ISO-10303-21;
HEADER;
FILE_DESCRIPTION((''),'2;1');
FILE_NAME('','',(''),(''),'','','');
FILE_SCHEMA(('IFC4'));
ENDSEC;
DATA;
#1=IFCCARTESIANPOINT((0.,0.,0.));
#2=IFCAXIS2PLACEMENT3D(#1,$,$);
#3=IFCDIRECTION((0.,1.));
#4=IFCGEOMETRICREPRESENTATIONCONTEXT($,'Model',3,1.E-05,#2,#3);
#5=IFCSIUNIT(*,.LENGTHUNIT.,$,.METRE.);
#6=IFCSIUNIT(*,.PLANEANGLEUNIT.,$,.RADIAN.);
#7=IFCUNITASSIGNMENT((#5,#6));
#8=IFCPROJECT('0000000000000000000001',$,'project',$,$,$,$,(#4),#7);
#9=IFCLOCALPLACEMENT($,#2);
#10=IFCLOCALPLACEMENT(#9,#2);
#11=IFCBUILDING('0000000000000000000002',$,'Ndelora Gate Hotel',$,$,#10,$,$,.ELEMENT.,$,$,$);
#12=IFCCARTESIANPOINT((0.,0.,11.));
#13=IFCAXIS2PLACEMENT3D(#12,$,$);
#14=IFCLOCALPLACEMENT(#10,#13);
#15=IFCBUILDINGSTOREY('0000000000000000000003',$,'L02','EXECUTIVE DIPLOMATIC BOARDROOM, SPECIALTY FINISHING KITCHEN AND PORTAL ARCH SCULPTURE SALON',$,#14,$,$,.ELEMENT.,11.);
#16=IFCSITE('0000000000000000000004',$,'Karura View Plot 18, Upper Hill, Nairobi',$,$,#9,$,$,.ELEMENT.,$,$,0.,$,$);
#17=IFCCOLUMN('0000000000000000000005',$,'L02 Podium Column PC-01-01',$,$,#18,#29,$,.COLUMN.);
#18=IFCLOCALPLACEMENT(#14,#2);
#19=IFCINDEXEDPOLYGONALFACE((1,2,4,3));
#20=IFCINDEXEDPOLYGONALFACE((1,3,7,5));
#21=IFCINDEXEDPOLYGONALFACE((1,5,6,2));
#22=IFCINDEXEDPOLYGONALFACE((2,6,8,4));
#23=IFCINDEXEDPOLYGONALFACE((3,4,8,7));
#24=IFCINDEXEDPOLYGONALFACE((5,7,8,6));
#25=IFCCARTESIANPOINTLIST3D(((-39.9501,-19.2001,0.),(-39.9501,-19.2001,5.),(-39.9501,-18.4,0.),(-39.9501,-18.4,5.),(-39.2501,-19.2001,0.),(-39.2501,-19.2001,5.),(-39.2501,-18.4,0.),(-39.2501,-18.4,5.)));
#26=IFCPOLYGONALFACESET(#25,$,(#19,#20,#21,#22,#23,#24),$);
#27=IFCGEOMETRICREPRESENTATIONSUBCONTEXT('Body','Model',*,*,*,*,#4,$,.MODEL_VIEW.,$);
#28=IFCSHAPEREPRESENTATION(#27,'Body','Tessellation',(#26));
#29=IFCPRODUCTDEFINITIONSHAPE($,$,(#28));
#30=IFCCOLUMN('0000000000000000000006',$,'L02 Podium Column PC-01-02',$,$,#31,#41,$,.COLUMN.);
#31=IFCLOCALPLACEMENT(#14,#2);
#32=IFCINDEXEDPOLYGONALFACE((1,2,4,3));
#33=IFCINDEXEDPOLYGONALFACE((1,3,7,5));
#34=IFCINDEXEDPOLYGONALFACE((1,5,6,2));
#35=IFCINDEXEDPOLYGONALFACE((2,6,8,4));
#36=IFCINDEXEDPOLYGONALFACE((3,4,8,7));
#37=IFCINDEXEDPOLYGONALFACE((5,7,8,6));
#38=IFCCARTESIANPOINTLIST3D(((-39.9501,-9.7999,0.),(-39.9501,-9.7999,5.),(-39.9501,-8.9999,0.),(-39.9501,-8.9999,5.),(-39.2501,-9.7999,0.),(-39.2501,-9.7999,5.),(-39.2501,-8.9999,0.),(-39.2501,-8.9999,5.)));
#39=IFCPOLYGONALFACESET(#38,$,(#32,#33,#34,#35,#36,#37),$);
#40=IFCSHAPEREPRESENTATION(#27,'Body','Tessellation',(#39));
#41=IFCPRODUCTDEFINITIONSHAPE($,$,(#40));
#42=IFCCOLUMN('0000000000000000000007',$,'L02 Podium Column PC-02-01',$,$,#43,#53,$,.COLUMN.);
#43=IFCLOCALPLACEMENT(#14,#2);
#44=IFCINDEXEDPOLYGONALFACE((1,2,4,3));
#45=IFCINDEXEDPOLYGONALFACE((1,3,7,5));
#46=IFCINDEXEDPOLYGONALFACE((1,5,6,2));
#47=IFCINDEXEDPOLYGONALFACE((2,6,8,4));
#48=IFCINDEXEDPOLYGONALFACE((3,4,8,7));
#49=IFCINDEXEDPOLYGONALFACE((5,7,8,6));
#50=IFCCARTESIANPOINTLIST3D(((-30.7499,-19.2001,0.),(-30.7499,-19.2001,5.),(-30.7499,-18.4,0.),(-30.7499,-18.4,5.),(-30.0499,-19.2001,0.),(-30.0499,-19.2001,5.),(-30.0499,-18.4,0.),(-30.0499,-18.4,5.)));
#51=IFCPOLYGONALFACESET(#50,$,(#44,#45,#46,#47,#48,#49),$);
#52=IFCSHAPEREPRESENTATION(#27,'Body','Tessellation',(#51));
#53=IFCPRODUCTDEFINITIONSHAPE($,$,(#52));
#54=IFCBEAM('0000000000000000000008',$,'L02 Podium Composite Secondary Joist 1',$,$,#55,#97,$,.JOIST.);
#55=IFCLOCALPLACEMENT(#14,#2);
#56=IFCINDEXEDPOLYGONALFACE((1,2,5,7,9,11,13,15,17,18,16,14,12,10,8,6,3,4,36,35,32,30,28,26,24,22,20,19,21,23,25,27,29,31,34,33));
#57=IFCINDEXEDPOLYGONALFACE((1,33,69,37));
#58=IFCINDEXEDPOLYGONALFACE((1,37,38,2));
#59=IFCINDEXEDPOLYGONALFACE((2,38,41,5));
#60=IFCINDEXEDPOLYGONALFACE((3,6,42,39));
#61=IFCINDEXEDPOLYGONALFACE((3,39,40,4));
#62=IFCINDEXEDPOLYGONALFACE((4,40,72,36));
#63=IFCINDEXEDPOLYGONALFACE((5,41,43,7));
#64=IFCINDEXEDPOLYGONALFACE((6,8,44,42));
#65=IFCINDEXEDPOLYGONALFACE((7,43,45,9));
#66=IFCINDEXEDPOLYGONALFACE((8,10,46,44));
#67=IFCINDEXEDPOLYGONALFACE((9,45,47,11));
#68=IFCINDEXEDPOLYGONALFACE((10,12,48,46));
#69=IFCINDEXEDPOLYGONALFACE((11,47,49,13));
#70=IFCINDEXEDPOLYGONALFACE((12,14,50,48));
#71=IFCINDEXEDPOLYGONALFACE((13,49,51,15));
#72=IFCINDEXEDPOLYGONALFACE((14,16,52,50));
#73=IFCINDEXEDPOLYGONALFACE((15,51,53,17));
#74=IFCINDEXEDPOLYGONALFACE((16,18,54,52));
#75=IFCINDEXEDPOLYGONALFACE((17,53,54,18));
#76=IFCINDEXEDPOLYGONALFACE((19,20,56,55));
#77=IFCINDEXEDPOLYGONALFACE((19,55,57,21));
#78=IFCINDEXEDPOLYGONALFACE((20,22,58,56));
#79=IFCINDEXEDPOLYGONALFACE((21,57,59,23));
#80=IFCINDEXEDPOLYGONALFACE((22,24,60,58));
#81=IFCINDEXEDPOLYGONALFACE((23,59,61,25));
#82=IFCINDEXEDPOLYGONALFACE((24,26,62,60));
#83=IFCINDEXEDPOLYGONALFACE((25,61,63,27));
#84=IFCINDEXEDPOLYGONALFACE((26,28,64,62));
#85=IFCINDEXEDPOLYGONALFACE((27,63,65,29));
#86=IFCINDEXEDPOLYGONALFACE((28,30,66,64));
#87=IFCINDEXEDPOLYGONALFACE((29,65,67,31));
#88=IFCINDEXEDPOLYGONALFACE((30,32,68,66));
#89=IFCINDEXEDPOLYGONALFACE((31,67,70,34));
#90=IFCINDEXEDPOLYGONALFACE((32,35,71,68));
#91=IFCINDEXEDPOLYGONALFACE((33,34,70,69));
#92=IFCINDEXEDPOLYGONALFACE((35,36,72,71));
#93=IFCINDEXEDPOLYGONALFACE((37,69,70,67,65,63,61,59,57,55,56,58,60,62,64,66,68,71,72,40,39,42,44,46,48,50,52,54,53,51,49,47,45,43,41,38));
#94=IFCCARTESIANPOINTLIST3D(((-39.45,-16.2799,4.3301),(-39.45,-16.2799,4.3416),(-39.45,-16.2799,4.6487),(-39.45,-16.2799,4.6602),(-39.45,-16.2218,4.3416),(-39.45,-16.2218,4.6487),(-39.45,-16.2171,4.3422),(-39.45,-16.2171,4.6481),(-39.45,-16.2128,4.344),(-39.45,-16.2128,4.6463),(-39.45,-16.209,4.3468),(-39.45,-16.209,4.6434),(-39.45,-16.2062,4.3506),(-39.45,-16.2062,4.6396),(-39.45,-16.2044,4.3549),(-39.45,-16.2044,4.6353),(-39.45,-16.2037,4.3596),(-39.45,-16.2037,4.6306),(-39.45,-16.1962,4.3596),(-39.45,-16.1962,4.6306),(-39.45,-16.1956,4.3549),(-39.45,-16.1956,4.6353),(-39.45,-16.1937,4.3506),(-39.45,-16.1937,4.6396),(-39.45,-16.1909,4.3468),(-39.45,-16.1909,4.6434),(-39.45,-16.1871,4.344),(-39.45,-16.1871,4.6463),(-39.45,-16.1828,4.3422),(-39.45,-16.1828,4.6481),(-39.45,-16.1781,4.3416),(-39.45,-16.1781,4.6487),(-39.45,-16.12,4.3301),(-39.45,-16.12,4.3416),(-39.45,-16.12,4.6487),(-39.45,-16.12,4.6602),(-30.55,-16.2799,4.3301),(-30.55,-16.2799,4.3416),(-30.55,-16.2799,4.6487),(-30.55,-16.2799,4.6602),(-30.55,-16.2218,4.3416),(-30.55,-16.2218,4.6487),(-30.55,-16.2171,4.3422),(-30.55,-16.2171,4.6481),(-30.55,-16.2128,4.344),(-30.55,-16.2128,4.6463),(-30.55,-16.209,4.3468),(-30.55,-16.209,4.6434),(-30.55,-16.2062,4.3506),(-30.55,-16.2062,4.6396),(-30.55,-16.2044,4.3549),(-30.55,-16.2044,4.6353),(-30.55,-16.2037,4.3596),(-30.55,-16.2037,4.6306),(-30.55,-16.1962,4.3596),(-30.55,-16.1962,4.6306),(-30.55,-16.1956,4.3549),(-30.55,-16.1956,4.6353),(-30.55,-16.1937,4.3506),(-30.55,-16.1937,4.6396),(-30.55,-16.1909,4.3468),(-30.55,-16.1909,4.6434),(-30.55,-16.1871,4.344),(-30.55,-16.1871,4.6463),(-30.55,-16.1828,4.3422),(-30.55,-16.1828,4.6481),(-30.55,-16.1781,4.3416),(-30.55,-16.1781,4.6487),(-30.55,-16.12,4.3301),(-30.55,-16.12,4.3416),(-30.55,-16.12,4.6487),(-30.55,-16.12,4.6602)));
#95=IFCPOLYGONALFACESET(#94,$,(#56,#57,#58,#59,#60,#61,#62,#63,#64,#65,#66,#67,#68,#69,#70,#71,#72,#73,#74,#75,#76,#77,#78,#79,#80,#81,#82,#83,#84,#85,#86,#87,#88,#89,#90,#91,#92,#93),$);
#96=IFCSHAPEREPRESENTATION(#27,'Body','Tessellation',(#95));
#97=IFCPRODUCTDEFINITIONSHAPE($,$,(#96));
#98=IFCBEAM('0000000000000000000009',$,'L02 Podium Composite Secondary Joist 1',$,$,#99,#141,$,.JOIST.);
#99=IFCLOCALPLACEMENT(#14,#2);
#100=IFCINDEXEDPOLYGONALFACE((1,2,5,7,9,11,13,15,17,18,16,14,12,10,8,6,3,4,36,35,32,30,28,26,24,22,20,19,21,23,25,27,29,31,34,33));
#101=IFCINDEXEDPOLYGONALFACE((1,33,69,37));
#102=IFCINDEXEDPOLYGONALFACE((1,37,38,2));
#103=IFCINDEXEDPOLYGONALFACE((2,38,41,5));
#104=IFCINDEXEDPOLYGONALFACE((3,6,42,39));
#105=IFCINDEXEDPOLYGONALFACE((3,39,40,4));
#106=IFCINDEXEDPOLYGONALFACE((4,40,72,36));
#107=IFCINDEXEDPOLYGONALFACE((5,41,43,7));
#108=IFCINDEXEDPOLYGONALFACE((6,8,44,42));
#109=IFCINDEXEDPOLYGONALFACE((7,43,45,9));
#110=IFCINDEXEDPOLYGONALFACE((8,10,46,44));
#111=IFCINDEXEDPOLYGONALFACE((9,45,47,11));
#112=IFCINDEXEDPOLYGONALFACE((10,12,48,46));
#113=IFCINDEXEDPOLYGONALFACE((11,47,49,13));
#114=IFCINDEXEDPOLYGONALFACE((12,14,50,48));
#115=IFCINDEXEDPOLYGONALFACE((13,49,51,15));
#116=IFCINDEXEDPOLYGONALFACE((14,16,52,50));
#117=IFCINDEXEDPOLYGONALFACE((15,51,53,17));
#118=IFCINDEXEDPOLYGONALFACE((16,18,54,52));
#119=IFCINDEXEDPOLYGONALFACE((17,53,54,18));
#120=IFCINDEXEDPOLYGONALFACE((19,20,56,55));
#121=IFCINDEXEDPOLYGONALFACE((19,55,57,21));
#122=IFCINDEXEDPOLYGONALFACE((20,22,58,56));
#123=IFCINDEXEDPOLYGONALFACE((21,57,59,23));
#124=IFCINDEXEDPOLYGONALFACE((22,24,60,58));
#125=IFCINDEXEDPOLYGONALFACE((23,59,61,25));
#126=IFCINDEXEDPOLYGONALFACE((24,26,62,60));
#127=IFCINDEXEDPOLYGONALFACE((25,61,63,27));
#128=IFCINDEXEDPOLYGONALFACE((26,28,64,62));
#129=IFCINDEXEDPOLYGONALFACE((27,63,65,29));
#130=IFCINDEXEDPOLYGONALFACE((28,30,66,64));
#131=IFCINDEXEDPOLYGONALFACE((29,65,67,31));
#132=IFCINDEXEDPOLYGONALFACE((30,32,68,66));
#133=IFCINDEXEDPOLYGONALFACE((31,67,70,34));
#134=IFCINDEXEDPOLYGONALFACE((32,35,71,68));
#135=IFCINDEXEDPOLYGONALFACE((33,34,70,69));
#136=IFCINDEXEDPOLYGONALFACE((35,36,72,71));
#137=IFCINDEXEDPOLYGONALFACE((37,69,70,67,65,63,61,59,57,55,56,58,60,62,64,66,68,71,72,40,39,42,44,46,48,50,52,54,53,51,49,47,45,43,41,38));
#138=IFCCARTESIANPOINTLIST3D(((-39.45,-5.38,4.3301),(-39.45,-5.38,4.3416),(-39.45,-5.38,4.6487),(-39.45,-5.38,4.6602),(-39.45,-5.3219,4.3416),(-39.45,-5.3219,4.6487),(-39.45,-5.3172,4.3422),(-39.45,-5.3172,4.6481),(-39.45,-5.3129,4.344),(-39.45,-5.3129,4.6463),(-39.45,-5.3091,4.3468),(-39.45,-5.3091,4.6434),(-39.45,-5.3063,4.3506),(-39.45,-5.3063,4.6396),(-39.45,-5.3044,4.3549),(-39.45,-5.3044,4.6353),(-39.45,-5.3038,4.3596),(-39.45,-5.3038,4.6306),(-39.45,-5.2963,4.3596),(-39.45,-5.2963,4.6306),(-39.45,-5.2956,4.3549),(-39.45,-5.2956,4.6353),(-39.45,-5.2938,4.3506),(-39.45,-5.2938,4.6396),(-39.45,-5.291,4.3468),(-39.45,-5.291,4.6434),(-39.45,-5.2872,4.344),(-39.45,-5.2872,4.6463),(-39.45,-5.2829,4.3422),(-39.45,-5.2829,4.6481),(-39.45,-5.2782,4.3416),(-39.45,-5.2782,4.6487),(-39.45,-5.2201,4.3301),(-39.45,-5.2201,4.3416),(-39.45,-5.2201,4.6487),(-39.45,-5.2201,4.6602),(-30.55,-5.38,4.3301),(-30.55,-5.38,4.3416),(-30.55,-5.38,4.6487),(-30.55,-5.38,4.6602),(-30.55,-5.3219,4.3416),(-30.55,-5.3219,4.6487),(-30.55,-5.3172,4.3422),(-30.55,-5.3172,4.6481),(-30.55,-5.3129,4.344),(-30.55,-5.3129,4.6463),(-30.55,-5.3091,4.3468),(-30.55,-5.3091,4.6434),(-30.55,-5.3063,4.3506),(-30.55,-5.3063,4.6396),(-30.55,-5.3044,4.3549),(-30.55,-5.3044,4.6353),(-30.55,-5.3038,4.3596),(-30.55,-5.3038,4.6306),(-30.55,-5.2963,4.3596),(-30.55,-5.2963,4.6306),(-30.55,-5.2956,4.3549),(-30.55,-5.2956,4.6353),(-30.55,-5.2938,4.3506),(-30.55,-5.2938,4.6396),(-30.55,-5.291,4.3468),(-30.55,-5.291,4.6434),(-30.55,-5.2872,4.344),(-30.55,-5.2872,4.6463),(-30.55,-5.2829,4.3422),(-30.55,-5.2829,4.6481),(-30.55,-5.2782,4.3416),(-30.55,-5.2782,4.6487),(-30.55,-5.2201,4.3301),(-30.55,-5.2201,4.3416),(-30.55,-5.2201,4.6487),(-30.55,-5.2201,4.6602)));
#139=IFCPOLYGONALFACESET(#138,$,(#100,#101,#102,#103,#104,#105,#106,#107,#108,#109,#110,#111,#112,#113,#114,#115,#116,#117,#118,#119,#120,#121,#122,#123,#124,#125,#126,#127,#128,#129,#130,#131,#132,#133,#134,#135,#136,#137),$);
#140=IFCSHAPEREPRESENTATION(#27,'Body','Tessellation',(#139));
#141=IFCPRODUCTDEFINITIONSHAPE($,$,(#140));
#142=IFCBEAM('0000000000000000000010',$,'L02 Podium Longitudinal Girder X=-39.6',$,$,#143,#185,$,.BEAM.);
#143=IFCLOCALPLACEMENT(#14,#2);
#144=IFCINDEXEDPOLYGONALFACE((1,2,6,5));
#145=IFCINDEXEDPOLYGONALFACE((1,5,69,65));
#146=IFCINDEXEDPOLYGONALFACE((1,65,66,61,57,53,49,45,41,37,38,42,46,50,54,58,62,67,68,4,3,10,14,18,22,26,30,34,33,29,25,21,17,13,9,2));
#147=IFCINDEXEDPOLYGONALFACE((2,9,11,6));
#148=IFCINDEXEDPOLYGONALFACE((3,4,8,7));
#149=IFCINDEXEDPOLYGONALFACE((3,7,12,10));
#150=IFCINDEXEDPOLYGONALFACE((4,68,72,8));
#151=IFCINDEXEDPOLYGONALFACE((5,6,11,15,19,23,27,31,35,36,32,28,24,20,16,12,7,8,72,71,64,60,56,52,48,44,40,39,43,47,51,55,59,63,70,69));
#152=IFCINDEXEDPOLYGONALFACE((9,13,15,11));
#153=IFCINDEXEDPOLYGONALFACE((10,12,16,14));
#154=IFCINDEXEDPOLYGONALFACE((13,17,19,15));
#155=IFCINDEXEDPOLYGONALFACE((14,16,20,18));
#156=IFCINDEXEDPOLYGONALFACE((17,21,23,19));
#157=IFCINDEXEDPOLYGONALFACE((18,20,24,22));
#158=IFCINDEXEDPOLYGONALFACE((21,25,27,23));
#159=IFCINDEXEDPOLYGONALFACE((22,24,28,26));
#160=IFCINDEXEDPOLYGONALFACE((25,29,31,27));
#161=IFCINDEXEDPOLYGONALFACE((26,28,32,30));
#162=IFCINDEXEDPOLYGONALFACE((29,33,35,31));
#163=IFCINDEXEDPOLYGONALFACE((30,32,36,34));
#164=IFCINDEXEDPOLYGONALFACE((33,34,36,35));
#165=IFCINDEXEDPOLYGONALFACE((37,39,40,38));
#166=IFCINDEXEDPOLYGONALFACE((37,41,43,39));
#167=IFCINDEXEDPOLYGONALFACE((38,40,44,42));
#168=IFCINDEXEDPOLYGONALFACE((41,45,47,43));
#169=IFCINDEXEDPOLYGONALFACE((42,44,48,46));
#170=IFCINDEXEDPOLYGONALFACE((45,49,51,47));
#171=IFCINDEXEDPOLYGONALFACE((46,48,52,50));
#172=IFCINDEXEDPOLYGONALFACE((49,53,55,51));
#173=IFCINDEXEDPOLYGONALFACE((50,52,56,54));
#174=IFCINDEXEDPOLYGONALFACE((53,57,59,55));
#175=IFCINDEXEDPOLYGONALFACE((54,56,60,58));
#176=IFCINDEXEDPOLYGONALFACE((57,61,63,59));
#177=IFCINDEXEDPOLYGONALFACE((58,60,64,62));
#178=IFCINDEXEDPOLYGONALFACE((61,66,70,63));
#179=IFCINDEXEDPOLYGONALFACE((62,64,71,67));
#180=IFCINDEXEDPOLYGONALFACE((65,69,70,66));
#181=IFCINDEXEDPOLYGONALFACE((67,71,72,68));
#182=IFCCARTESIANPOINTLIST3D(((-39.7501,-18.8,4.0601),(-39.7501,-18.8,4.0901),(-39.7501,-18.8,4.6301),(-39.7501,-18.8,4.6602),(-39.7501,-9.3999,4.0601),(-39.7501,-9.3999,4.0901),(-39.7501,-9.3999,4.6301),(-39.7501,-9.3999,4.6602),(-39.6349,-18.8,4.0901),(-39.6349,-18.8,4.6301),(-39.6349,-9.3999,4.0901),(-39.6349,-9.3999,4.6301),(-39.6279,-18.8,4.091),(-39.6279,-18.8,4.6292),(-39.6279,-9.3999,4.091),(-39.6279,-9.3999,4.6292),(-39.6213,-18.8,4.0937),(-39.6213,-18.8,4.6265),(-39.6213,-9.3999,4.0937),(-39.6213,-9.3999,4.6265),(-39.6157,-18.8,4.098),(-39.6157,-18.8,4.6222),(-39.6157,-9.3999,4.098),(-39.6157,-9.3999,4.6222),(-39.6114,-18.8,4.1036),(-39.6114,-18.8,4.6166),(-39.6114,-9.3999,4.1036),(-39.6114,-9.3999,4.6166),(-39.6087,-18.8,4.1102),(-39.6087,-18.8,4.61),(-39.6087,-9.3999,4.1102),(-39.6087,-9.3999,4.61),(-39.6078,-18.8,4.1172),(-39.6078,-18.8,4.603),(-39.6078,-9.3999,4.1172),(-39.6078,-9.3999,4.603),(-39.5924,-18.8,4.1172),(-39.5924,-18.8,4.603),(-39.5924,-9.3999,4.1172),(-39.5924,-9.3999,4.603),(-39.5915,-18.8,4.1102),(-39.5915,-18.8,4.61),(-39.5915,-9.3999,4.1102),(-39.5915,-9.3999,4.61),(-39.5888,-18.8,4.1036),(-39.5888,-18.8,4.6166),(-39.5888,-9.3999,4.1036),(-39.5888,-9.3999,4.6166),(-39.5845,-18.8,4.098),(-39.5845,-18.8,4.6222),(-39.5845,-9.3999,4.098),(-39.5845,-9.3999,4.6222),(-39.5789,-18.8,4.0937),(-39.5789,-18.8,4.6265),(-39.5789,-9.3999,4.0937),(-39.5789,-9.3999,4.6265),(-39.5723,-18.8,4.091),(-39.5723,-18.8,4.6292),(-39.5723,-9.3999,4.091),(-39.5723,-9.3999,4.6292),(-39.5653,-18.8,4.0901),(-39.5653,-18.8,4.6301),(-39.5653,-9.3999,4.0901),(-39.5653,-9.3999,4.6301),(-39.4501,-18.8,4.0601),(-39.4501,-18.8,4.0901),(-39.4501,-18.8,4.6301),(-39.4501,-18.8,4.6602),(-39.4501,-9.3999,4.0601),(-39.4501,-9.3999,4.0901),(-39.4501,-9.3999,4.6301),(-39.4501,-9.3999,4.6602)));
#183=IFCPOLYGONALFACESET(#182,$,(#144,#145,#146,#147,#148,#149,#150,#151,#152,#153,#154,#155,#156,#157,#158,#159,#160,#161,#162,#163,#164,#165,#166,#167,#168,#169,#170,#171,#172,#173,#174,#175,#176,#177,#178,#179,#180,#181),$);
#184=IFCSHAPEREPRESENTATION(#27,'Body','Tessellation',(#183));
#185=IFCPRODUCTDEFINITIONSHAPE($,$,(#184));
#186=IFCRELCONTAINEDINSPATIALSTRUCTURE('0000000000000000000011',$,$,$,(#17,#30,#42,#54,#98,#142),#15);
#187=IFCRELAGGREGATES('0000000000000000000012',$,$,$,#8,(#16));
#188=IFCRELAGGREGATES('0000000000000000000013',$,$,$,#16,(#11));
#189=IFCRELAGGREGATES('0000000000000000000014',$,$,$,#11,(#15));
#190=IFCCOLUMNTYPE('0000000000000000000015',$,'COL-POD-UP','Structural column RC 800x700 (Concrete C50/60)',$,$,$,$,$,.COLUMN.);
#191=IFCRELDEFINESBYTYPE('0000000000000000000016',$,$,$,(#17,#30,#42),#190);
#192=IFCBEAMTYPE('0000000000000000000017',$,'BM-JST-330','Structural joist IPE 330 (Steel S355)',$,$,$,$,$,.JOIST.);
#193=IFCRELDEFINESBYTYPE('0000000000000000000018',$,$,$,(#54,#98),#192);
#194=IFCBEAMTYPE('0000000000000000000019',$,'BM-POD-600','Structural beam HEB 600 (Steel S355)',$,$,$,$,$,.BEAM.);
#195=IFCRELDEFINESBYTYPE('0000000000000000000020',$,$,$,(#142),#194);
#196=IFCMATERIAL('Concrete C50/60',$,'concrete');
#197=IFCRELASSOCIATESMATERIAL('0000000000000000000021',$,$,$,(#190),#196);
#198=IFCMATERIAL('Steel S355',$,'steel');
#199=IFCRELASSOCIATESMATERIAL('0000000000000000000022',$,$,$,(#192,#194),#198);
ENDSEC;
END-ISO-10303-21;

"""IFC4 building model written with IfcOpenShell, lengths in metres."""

from ifc_helpers import new_model, si_unit, direction, frame, origin, origin_2d, place, context, subcontext, project, spatial, rectangle, i_section, extrude, material, material_profile, profile_set, type_object, element, save


model = new_model("IFC4")

# Units and contexts
model_context = context("Model", 3, precision=1e-05, world=origin(), true_north=direction((0.0, 1.0)))
body_context = subcontext(model_context, "Body", "Model", "MODEL_VIEW")
ifc_project = project(units=[si_unit("LENGTHUNIT", "METRE"), si_unit("PLANEANGLEUNIT", "RADIAN")], contexts=[model_context])

# Site, building, storey
site_placement = place(None, origin())
site = spatial("IfcSite", under=ifc_project, at=site_placement, Name="Karura View Plot 18, Upper Hill, Nairobi", CompositionType="ELEMENT", RefElevation=0.0)
building_placement = place(site_placement, origin())
building = spatial("IfcBuilding", under=site, at=building_placement, Name="Ndelora Gate Hotel", CompositionType="ELEMENT")
storey_placement = place(building_placement, frame((0.0, 0.0, 11.0)))
storey = spatial("IfcBuildingStorey", under=building, at=storey_placement, Name="L02", Description="EXECUTIVE DIPLOMATIC BOARDROOM, SPECIALTY FINISHING KITCHEN AND PORTAL ARCH SCULPTURE SALON", CompositionType="ELEMENT", Elevation=11.0)

# Columns
ifc_material_1 = material(Name="Concrete C50/60", Category="concrete")
ifc_material_profile_1 = material_profile(ifc_material_1, rectangle(XDim=0.7, YDim=0.8, at=origin_2d()), Name="RC 800x700")
ifc_profile_set_1 = profile_set([ifc_material_profile_1], Name="Concrete C50/60")
column_type = type_object("IfcColumnType", Name="COL-POD-UP", Description="Structural column RC 800x700 (Concrete C50/60)", PredefinedType="COLUMN", material=ifc_profile_set_1)
for number, where, z_axis, x_axis, name in (
    (1, (-39.6001, -18.8, 0.0), (0.0, 0.0, 1.0), (1.0, 0.0, 0.0), "L02 Podium Column PC-01-01"),
    (2, (-39.6001, -9.3999, 0.0), (0.0, 0.0, 1.0), (1.0, 0.0, 0.0), "L02 Podium Column PC-01-02"),
    (3, (-30.3999, -18.8, 0.0), (0.0, 0.0, 1.0), (1.0, 0.0, 0.0), "L02 Podium Column PC-02-01"),
):
    element("IfcColumn", number, at=place(storey_placement, frame(where, z_axis=z_axis, x_axis=x_axis)), inside=storey, type_object=column_type, Name=name, PredefinedType="COLUMN", context=body_context, shape_type="SweptSolid", body=[
        extrude(rectangle(XDim=0.7, YDim=0.8, at=origin_2d()), origin(), (0.0, 0.0, 1.0), 5.0),
    ])

# Beams
ifc_material_2 = material(Name="Steel S355", Category="steel")
ifc_material_profile_2 = material_profile(ifc_material_2, i_section(OverallWidth=0.1599, OverallDepth=0.3301, WebThickness=0.0076, FlangeThickness=0.0115, FilletRadius=0.0181, at=origin_2d()), Name="IPE 330")
ifc_profile_set_2 = profile_set([ifc_material_profile_2], Name="Steel S355")
beam_type_1 = type_object("IfcBeamType", Name="BM-JST-330", Description="Structural joist IPE 330 (Steel S355)", PredefinedType="JOIST", material=ifc_profile_set_2)
for number, where, z_axis, x_axis, name in (
    (4, (-39.45, -16.2, 4.4951), (1.0, 0.0, 0.0), (0.0, 1.0, 0.0), "L02 Podium Composite Secondary Joist 1"),
    (5, (-39.45, -5.3, 4.4951), (1.0, 0.0, 0.0), (0.0, 1.0, 0.0), "L02 Podium Composite Secondary Joist 1"),
):
    element("IfcBeam", number, at=place(storey_placement, frame(where, z_axis=z_axis, x_axis=x_axis)), inside=storey, type_object=beam_type_1, Name=name, PredefinedType="JOIST", context=body_context, shape_type="SweptSolid", body=[
        extrude(i_section(OverallWidth=0.1599, OverallDepth=0.3301, WebThickness=0.0076, FlangeThickness=0.0115, FilletRadius=0.0181, at=origin_2d()), origin(), (0.0, 0.0, 1.0), 8.8999),
    ])
ifc_material_profile_3 = material_profile(ifc_material_2, i_section(OverallWidth=0.3, OverallDepth=0.6001, WebThickness=0.0154, FlangeThickness=0.03, FilletRadius=0.0271, at=origin_2d()), Name="HEB 600")
ifc_profile_set_3 = profile_set([ifc_material_profile_3], Name="Steel S355")
beam_type_2 = type_object("IfcBeamType", Name="BM-POD-600", Description="Structural beam HEB 600 (Steel S355)", PredefinedType="BEAM", material=ifc_profile_set_3)
beam_1_placement = place(storey_placement, frame((-39.6001, -18.8, 4.3601), z_axis=(0.0, 1.0, 0.0), x_axis=(-1.0, 0.0, 0.0)))
element("IfcBeam", 6, at=beam_1_placement, inside=storey, type_object=beam_type_2, Name="L02 Podium Longitudinal Girder X=-39.6", PredefinedType="BEAM", context=body_context, shape_type="SweptSolid", body=[
    extrude(i_section(OverallWidth=0.3, OverallDepth=0.6001, WebThickness=0.0154, FlangeThickness=0.03, FilletRadius=0.0271, at=origin_2d()), origin(), (0.0, 0.0, 1.0), 9.4001),
])

save(model, "model.ifc")
